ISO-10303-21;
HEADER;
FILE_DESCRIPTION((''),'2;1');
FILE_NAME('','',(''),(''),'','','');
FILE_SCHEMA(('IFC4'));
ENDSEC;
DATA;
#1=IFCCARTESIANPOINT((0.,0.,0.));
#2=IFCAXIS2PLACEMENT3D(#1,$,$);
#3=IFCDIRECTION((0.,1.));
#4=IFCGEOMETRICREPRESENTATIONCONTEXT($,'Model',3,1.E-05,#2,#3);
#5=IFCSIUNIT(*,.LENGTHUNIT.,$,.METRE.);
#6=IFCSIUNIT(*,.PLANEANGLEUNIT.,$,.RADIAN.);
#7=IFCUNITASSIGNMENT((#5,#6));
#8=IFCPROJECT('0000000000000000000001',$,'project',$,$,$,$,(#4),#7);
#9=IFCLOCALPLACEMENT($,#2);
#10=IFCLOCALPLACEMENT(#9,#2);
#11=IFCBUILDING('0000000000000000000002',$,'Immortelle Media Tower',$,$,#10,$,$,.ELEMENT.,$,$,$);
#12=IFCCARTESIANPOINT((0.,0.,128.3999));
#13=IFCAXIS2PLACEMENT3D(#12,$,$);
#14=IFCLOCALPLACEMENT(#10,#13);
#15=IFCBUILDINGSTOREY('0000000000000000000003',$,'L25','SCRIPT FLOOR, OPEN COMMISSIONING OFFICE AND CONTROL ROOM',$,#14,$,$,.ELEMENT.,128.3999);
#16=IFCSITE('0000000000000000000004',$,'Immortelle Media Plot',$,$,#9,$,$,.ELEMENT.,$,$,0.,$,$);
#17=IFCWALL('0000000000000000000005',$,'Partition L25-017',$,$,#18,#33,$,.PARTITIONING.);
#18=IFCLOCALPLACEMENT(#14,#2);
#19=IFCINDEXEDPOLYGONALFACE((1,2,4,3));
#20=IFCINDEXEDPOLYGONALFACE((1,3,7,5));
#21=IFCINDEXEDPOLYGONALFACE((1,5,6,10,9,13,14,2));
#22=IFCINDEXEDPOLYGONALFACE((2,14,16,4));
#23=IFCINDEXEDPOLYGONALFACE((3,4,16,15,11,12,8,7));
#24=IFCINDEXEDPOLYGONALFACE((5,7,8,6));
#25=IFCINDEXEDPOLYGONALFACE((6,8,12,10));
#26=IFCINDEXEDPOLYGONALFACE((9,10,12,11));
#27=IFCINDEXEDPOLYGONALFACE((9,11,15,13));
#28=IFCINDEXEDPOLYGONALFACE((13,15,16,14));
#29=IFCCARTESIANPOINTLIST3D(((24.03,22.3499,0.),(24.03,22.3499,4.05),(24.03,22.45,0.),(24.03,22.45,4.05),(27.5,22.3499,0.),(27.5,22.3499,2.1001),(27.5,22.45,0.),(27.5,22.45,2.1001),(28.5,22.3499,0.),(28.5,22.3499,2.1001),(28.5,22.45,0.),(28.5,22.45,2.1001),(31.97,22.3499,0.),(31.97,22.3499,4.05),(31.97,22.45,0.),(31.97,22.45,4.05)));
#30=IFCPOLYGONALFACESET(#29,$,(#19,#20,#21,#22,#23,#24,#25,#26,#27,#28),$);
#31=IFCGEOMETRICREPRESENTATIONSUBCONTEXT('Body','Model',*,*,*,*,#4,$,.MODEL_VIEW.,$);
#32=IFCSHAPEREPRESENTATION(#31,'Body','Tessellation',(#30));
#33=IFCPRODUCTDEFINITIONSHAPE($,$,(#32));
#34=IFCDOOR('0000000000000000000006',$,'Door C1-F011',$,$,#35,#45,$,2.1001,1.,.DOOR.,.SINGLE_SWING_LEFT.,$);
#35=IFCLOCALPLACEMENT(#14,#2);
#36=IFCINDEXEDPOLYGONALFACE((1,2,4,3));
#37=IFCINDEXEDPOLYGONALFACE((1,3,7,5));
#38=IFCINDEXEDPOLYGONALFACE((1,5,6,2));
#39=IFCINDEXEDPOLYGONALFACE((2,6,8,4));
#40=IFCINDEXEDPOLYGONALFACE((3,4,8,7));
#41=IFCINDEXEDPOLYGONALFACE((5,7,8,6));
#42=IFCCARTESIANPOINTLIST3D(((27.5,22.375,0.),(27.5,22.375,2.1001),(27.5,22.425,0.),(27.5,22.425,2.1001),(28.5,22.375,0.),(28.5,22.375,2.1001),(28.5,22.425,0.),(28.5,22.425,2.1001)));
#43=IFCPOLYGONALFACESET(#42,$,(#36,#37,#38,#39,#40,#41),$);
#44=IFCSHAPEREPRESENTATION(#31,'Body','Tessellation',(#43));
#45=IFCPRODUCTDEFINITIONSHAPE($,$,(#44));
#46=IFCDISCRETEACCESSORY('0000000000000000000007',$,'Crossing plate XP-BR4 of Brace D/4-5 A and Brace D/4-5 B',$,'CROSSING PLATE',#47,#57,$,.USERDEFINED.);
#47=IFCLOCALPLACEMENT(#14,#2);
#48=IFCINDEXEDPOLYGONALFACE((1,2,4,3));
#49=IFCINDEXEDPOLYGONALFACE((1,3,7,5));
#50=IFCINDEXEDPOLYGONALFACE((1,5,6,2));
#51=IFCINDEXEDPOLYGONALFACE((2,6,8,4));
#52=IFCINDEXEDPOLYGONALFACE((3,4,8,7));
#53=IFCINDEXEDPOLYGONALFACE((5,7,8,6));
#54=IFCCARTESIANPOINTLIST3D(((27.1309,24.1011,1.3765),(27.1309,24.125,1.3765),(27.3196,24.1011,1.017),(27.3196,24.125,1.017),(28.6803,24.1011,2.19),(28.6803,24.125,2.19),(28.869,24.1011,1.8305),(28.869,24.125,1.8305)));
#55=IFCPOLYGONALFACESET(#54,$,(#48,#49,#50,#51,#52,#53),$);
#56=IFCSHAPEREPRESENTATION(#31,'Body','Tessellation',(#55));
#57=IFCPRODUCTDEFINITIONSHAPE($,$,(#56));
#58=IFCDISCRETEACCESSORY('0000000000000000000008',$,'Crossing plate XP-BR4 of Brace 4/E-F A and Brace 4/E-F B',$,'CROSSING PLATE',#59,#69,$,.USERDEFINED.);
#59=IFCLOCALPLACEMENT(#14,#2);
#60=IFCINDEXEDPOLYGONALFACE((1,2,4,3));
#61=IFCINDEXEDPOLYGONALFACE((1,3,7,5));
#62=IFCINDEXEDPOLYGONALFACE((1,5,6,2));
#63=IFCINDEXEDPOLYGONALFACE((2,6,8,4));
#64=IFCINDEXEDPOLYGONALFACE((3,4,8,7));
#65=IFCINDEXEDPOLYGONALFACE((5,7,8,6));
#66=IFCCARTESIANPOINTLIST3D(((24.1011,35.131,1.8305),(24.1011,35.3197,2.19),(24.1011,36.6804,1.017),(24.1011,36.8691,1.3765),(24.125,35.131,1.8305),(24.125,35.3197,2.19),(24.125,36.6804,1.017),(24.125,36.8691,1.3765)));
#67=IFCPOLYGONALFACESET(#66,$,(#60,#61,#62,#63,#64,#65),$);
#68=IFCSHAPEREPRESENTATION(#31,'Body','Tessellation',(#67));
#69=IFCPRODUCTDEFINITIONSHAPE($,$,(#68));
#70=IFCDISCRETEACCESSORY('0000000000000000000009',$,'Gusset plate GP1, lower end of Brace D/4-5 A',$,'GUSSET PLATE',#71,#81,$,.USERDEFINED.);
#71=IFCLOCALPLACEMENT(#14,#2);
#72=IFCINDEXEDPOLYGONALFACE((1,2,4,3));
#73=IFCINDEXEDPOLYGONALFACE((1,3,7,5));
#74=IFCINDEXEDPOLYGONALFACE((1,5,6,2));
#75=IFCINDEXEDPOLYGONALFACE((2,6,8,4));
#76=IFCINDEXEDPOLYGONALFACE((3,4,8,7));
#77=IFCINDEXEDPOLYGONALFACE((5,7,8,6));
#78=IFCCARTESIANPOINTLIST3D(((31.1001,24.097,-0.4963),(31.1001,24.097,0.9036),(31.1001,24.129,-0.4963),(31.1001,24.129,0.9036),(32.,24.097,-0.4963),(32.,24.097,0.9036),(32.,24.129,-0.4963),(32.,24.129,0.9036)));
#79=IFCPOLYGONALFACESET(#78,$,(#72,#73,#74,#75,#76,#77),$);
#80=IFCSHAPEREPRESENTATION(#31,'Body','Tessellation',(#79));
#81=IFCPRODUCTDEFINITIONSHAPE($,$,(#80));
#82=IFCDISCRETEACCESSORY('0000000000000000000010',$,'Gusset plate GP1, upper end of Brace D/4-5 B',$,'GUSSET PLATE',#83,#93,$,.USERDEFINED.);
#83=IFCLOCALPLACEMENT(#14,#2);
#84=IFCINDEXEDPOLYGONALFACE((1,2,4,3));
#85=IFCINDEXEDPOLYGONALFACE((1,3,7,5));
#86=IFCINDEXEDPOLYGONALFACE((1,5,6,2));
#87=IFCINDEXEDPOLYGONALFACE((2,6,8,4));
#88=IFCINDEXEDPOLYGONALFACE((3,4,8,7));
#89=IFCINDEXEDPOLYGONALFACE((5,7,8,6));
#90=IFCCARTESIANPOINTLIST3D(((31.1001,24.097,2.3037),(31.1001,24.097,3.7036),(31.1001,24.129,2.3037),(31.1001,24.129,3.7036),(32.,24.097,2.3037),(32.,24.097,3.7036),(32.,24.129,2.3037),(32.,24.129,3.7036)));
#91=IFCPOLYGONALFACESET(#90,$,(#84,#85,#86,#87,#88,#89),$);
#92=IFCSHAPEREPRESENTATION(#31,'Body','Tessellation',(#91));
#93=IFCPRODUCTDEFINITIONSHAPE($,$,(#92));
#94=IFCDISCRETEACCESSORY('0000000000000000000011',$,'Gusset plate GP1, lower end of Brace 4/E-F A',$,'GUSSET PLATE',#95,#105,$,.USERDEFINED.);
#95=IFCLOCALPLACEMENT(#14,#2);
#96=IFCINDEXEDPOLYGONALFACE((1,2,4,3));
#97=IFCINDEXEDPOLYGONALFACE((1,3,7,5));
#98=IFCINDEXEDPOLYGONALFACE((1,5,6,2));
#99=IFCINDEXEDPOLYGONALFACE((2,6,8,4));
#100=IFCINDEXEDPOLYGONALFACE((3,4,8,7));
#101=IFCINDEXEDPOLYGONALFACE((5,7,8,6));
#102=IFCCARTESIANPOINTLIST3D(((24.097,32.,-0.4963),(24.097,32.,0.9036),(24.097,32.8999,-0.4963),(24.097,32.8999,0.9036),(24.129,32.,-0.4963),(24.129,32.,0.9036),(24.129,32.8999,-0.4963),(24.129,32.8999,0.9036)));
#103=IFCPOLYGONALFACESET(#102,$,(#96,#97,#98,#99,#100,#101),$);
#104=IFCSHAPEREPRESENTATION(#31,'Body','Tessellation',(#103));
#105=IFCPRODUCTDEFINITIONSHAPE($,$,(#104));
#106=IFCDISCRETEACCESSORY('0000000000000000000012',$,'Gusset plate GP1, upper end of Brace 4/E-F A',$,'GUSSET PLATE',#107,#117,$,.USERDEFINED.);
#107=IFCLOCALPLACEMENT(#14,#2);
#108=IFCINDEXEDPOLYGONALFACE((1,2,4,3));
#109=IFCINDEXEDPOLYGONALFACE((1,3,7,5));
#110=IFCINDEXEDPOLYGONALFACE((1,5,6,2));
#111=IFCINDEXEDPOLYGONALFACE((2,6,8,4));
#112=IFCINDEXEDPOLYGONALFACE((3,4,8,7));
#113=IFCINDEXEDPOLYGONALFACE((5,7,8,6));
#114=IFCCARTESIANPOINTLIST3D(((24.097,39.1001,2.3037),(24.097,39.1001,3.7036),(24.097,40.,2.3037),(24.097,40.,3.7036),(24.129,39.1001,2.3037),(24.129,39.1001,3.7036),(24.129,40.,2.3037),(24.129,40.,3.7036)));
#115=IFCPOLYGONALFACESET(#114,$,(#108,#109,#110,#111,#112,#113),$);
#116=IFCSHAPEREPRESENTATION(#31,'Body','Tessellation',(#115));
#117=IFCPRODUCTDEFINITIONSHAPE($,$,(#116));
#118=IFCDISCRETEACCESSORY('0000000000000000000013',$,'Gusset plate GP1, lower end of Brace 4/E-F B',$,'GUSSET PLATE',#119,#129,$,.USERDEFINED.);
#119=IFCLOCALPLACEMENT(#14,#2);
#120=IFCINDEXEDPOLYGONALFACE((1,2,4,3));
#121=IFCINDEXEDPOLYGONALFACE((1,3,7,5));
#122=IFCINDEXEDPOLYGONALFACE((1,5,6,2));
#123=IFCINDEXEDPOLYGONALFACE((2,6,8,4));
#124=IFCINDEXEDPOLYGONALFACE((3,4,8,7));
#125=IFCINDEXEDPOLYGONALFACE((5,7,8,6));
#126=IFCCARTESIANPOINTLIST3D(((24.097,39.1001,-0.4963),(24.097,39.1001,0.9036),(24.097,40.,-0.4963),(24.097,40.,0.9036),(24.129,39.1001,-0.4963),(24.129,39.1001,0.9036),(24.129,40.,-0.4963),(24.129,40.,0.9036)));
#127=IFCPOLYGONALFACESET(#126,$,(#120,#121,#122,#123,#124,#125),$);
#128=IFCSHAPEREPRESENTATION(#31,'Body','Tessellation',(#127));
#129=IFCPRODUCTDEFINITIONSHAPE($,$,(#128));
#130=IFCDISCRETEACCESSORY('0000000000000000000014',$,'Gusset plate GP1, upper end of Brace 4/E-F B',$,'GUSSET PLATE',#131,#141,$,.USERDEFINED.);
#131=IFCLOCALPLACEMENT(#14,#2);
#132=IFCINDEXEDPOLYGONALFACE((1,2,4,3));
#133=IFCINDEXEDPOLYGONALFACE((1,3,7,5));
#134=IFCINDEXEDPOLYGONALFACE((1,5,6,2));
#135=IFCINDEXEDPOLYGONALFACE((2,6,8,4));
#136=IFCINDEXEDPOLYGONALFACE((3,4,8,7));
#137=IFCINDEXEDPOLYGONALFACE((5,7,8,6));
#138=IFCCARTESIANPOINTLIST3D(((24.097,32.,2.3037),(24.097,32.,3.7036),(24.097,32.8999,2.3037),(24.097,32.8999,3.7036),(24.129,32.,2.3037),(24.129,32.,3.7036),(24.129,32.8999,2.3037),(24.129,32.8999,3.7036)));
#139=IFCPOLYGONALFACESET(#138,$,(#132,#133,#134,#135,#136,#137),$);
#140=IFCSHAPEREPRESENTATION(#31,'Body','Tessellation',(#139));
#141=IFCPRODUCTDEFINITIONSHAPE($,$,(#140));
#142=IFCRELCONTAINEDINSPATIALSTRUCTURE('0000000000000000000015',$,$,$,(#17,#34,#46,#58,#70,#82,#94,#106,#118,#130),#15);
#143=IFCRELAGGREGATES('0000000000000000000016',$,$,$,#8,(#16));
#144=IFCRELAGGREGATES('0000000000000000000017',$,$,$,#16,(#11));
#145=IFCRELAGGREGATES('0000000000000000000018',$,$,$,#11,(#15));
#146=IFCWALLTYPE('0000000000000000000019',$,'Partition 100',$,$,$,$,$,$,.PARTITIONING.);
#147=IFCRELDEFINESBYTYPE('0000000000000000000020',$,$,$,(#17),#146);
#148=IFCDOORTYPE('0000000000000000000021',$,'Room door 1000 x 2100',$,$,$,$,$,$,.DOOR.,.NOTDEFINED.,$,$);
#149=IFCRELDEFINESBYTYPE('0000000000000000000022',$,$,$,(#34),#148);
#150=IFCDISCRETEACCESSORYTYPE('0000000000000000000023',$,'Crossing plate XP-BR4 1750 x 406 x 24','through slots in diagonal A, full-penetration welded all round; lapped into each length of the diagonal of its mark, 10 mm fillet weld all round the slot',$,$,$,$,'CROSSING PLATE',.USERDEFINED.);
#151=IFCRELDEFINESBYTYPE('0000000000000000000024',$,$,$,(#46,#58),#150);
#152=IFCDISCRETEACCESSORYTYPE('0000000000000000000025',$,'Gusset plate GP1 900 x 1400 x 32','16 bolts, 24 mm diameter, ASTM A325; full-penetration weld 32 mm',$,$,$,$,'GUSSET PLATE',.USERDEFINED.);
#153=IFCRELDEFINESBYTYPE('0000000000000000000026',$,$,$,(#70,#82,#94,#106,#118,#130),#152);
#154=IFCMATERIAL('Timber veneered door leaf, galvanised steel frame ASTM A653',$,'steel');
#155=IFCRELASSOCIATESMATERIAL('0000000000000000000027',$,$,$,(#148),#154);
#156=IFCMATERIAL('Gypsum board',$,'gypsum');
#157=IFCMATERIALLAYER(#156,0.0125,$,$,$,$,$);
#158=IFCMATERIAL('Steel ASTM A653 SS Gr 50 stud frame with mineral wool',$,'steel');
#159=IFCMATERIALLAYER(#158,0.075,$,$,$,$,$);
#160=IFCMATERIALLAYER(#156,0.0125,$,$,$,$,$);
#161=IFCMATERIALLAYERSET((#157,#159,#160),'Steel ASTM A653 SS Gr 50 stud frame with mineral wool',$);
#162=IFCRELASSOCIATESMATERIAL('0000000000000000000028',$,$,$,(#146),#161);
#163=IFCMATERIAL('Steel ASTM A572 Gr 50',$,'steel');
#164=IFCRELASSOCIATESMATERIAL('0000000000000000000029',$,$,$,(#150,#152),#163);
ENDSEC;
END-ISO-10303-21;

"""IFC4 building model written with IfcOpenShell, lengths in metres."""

from ifc_helpers import new_model, si_unit, direction, frame, frame_2d, origin, origin_2d, place, context, subcontext, project, spatial, rectangle, extrude, material, layer, layer_set, material_profile, profile_set, type_object, element, fill, save


model = new_model("IFC4")

# Units and contexts
model_context = context("Model", 3, precision=1e-05, world=origin(), true_north=direction((0.0, 1.0)))
body_context = subcontext(model_context, "Body", "Model", "MODEL_VIEW")
ifc_project = project(units=[si_unit("LENGTHUNIT", "METRE"), si_unit("PLANEANGLEUNIT", "RADIAN")], contexts=[model_context])

# Site, building, storey
site_placement = place(None, origin())
site = spatial("IfcSite", under=ifc_project, at=site_placement, Name="Immortelle Media Plot", CompositionType="ELEMENT", RefElevation=0.0)
building_placement = place(site_placement, origin())
building = spatial("IfcBuilding", under=site, at=building_placement, Name="Immortelle Media Tower", CompositionType="ELEMENT")
storey_placement = place(building_placement, frame((0.0, 0.0, 128.3999)))
storey = spatial("IfcBuildingStorey", under=building, at=storey_placement, Name="L25", Description="SCRIPT FLOOR, OPEN COMMISSIONING OFFICE AND CONTROL ROOM", CompositionType="ELEMENT", Elevation=128.3999)

# Shared definitions
ifc_material_1 = material(Name="Steel ASTM A653 SS Gr 50 stud frame with mineral wool", Category="steel")
ifc_material_2 = material(Name="Timber veneered door leaf, galvanised steel frame ASTM A653", Category="steel")
door_type = type_object("IfcDoorType", Name="Room door 1000 x 2100", OperationType="NOTDEFINED", PredefinedType="DOOR", material=ifc_material_2)

# Shared definitions
ifc_material_3 = material(Name="Gypsum board", Category="gypsum")
ifc_layer_1 = layer(ifc_material_3, 0.0125)
ifc_layer_2 = layer(ifc_material_1, 0.075)
ifc_layer_3 = layer(ifc_material_3, 0.0125)
ifc_layer_set_1 = layer_set([ifc_layer_1, ifc_layer_2, ifc_layer_3], Name="Steel ASTM A653 SS Gr 50 stud frame with mineral wool")
wall_type_1 = type_object("IfcWallType", Name="Partition 100", PredefinedType="PARTITIONING", material=ifc_layer_set_1)

# Wall, opening, door
wall_1_placement = place(storey_placement, frame((24.03, 22.3999, 0.0), z_axis=(0.0, 0.0, 1.0), x_axis=(1.0, 0.0, 0.0)))
wall_1 = element("IfcWall", 1, at=wall_1_placement, inside=storey, type_object=wall_type_1, Name="Partition L25-017", PredefinedType="PARTITIONING", context=body_context, shape_type="SweptSolid", body=[
    extrude(rectangle(XDim=7.9399, YDim=0.1001, at=frame_2d((3.97, 0.0))), origin(), (0.0, 0.0, 1.0), 4.05),
])
opening_1_placement = place(wall_1_placement, frame((4.47, 0.0, 0.0), z_axis=(0.0, 0.0, 1.0), x_axis=(-1.0, 0.0, 0.0)))
opening_1 = element("IfcOpeningElement", 2, at=opening_1_placement, cuts=wall_1, PredefinedType="OPENING", context=body_context, shape_type="SweptSolid", body=[
    extrude(rectangle(XDim=1.0, YDim=2.1001, at=frame_2d((0.5, 1.05))), frame((0.0, 0.0601, 0.0), z_axis=(0.0, -1.0, 0.0), x_axis=(1.0, 0.0, 0.0)), (0.0, 0.0, 1.0), 0.1201),
])
door_1_placement = place(opening_1_placement, origin())
door_1 = element("IfcDoor", 3, at=door_1_placement, inside=storey, type_object=door_type, Name="Door C1-F011", OperationType="SINGLE_SWING_LEFT", OverallHeight=2.1001, OverallWidth=1.0, PredefinedType="DOOR", context=body_context, shape_type="SweptSolid", body=[
    extrude(rectangle(XDim=1.0, YDim=2.1001, at=frame_2d((0.5, 1.05))), frame((0.0, 0.0249, 0.0), z_axis=(0.0, -1.0, 0.0), x_axis=(1.0, 0.0, 0.0)), (0.0, 0.0, 1.0), 0.05),
])
fill(opening_1, door_1)

# Discrete accessories
ifc_material_4 = material(Name="Steel ASTM A572 Gr 50", Category="steel")
ifc_material_profile_1 = material_profile(ifc_material_4, rectangle(XDim=0.0239, YDim=0.406, at=origin_2d()), Name="PL 24 x 406")
ifc_profile_set_1 = profile_set([ifc_material_profile_1], Name="Steel ASTM A572 Gr 50")
discrete_accessory_type_1 = type_object("IfcDiscreteAccessoryType", Name="Crossing plate XP-BR4 1750 x 406 x 24", Description="through slots in diagonal A, full-penetration welded all round; lapped into each length of the diagonal of its mark, 10 mm fillet weld all round the slot", ElementType="CROSSING PLATE", PredefinedType="USERDEFINED", material=ifc_profile_set_1)
for number, where, z_axis, x_axis, name in (
    (4, (28.7747, 24.113, 2.0103), (-0.885378, 0.0, -0.464872), (0.0, -1.0, 0.0), "Crossing plate XP-BR4 of Brace D/4-5 A and Brace D/4-5 B"),
    (5, (24.113, 35.2253, 2.0103), (0.0, 0.885378, -0.464872), (-1.0, 0.0, 0.0), "Crossing plate XP-BR4 of Brace 4/E-F A and Brace 4/E-F B"),
):
    element("IfcDiscreteAccessory", number, at=place(storey_placement, frame(where, z_axis=z_axis, x_axis=x_axis)), inside=storey, type_object=discrete_accessory_type_1, Name=name, ObjectType="CROSSING PLATE", PredefinedType="USERDEFINED", context=body_context, shape_type="SweptSolid", body=[
        extrude(rectangle(XDim=0.0239, YDim=0.406, at=origin_2d()), origin(), (0.0, 0.0, 1.0), 1.75),
    ])
ifc_material_profile_2 = material_profile(ifc_material_4, rectangle(XDim=0.032, YDim=1.3999, at=origin_2d()), Name="PL 32 x 1400")
ifc_profile_set_2 = profile_set([ifc_material_profile_2], Name="Steel ASTM A572 Gr 50")
discrete_accessory_type_2 = type_object("IfcDiscreteAccessoryType", Name="Gusset plate GP1 900 x 1400 x 32", Description="16 bolts, 24 mm diameter, ASTM A325; full-penetration weld 32 mm", ElementType="GUSSET PLATE", PredefinedType="USERDEFINED", material=ifc_profile_set_2)
for number, where, z_axis, x_axis, name in (
    (6, (32.0, 24.113, 0.2036), (-1.0, 0.0, 0.0), (0.0, -1.0, 0.0), "Gusset plate GP1, lower end of Brace D/4-5 A"),
    (7, (32.0, 24.113, 3.0037), (-1.0, 0.0, 0.0), (0.0, -1.0, 0.0), "Gusset plate GP1, upper end of Brace D/4-5 B"),
    (8, (24.113, 32.0, 0.2036), (0.0, 1.0, 0.0), (-1.0, 0.0, 0.0), "Gusset plate GP1, lower end of Brace 4/E-F A"),
    (9, (24.113, 40.0, 3.0037), (0.0, -1.0, 0.0), (1.0, 0.0, 0.0), "Gusset plate GP1, upper end of Brace 4/E-F A"),
    (10, (24.113, 40.0, 0.2036), (0.0, -1.0, 0.0), (1.0, 0.0, 0.0), "Gusset plate GP1, lower end of Brace 4/E-F B"),
    (11, (24.113, 32.0, 3.0037), (0.0, 1.0, 0.0), (-1.0, 0.0, 0.0), "Gusset plate GP1, upper end of Brace 4/E-F B"),
):
    element("IfcDiscreteAccessory", number, at=place(storey_placement, frame(where, z_axis=z_axis, x_axis=x_axis)), inside=storey, type_object=discrete_accessory_type_2, Name=name, ObjectType="GUSSET PLATE", PredefinedType="USERDEFINED", context=body_context, shape_type="SweptSolid", body=[
        extrude(rectangle(XDim=0.032, YDim=1.3999, at=origin_2d()), origin(), (0.0, 0.0, 1.0), 0.8999),
    ])

save(model, "model.ifc")
